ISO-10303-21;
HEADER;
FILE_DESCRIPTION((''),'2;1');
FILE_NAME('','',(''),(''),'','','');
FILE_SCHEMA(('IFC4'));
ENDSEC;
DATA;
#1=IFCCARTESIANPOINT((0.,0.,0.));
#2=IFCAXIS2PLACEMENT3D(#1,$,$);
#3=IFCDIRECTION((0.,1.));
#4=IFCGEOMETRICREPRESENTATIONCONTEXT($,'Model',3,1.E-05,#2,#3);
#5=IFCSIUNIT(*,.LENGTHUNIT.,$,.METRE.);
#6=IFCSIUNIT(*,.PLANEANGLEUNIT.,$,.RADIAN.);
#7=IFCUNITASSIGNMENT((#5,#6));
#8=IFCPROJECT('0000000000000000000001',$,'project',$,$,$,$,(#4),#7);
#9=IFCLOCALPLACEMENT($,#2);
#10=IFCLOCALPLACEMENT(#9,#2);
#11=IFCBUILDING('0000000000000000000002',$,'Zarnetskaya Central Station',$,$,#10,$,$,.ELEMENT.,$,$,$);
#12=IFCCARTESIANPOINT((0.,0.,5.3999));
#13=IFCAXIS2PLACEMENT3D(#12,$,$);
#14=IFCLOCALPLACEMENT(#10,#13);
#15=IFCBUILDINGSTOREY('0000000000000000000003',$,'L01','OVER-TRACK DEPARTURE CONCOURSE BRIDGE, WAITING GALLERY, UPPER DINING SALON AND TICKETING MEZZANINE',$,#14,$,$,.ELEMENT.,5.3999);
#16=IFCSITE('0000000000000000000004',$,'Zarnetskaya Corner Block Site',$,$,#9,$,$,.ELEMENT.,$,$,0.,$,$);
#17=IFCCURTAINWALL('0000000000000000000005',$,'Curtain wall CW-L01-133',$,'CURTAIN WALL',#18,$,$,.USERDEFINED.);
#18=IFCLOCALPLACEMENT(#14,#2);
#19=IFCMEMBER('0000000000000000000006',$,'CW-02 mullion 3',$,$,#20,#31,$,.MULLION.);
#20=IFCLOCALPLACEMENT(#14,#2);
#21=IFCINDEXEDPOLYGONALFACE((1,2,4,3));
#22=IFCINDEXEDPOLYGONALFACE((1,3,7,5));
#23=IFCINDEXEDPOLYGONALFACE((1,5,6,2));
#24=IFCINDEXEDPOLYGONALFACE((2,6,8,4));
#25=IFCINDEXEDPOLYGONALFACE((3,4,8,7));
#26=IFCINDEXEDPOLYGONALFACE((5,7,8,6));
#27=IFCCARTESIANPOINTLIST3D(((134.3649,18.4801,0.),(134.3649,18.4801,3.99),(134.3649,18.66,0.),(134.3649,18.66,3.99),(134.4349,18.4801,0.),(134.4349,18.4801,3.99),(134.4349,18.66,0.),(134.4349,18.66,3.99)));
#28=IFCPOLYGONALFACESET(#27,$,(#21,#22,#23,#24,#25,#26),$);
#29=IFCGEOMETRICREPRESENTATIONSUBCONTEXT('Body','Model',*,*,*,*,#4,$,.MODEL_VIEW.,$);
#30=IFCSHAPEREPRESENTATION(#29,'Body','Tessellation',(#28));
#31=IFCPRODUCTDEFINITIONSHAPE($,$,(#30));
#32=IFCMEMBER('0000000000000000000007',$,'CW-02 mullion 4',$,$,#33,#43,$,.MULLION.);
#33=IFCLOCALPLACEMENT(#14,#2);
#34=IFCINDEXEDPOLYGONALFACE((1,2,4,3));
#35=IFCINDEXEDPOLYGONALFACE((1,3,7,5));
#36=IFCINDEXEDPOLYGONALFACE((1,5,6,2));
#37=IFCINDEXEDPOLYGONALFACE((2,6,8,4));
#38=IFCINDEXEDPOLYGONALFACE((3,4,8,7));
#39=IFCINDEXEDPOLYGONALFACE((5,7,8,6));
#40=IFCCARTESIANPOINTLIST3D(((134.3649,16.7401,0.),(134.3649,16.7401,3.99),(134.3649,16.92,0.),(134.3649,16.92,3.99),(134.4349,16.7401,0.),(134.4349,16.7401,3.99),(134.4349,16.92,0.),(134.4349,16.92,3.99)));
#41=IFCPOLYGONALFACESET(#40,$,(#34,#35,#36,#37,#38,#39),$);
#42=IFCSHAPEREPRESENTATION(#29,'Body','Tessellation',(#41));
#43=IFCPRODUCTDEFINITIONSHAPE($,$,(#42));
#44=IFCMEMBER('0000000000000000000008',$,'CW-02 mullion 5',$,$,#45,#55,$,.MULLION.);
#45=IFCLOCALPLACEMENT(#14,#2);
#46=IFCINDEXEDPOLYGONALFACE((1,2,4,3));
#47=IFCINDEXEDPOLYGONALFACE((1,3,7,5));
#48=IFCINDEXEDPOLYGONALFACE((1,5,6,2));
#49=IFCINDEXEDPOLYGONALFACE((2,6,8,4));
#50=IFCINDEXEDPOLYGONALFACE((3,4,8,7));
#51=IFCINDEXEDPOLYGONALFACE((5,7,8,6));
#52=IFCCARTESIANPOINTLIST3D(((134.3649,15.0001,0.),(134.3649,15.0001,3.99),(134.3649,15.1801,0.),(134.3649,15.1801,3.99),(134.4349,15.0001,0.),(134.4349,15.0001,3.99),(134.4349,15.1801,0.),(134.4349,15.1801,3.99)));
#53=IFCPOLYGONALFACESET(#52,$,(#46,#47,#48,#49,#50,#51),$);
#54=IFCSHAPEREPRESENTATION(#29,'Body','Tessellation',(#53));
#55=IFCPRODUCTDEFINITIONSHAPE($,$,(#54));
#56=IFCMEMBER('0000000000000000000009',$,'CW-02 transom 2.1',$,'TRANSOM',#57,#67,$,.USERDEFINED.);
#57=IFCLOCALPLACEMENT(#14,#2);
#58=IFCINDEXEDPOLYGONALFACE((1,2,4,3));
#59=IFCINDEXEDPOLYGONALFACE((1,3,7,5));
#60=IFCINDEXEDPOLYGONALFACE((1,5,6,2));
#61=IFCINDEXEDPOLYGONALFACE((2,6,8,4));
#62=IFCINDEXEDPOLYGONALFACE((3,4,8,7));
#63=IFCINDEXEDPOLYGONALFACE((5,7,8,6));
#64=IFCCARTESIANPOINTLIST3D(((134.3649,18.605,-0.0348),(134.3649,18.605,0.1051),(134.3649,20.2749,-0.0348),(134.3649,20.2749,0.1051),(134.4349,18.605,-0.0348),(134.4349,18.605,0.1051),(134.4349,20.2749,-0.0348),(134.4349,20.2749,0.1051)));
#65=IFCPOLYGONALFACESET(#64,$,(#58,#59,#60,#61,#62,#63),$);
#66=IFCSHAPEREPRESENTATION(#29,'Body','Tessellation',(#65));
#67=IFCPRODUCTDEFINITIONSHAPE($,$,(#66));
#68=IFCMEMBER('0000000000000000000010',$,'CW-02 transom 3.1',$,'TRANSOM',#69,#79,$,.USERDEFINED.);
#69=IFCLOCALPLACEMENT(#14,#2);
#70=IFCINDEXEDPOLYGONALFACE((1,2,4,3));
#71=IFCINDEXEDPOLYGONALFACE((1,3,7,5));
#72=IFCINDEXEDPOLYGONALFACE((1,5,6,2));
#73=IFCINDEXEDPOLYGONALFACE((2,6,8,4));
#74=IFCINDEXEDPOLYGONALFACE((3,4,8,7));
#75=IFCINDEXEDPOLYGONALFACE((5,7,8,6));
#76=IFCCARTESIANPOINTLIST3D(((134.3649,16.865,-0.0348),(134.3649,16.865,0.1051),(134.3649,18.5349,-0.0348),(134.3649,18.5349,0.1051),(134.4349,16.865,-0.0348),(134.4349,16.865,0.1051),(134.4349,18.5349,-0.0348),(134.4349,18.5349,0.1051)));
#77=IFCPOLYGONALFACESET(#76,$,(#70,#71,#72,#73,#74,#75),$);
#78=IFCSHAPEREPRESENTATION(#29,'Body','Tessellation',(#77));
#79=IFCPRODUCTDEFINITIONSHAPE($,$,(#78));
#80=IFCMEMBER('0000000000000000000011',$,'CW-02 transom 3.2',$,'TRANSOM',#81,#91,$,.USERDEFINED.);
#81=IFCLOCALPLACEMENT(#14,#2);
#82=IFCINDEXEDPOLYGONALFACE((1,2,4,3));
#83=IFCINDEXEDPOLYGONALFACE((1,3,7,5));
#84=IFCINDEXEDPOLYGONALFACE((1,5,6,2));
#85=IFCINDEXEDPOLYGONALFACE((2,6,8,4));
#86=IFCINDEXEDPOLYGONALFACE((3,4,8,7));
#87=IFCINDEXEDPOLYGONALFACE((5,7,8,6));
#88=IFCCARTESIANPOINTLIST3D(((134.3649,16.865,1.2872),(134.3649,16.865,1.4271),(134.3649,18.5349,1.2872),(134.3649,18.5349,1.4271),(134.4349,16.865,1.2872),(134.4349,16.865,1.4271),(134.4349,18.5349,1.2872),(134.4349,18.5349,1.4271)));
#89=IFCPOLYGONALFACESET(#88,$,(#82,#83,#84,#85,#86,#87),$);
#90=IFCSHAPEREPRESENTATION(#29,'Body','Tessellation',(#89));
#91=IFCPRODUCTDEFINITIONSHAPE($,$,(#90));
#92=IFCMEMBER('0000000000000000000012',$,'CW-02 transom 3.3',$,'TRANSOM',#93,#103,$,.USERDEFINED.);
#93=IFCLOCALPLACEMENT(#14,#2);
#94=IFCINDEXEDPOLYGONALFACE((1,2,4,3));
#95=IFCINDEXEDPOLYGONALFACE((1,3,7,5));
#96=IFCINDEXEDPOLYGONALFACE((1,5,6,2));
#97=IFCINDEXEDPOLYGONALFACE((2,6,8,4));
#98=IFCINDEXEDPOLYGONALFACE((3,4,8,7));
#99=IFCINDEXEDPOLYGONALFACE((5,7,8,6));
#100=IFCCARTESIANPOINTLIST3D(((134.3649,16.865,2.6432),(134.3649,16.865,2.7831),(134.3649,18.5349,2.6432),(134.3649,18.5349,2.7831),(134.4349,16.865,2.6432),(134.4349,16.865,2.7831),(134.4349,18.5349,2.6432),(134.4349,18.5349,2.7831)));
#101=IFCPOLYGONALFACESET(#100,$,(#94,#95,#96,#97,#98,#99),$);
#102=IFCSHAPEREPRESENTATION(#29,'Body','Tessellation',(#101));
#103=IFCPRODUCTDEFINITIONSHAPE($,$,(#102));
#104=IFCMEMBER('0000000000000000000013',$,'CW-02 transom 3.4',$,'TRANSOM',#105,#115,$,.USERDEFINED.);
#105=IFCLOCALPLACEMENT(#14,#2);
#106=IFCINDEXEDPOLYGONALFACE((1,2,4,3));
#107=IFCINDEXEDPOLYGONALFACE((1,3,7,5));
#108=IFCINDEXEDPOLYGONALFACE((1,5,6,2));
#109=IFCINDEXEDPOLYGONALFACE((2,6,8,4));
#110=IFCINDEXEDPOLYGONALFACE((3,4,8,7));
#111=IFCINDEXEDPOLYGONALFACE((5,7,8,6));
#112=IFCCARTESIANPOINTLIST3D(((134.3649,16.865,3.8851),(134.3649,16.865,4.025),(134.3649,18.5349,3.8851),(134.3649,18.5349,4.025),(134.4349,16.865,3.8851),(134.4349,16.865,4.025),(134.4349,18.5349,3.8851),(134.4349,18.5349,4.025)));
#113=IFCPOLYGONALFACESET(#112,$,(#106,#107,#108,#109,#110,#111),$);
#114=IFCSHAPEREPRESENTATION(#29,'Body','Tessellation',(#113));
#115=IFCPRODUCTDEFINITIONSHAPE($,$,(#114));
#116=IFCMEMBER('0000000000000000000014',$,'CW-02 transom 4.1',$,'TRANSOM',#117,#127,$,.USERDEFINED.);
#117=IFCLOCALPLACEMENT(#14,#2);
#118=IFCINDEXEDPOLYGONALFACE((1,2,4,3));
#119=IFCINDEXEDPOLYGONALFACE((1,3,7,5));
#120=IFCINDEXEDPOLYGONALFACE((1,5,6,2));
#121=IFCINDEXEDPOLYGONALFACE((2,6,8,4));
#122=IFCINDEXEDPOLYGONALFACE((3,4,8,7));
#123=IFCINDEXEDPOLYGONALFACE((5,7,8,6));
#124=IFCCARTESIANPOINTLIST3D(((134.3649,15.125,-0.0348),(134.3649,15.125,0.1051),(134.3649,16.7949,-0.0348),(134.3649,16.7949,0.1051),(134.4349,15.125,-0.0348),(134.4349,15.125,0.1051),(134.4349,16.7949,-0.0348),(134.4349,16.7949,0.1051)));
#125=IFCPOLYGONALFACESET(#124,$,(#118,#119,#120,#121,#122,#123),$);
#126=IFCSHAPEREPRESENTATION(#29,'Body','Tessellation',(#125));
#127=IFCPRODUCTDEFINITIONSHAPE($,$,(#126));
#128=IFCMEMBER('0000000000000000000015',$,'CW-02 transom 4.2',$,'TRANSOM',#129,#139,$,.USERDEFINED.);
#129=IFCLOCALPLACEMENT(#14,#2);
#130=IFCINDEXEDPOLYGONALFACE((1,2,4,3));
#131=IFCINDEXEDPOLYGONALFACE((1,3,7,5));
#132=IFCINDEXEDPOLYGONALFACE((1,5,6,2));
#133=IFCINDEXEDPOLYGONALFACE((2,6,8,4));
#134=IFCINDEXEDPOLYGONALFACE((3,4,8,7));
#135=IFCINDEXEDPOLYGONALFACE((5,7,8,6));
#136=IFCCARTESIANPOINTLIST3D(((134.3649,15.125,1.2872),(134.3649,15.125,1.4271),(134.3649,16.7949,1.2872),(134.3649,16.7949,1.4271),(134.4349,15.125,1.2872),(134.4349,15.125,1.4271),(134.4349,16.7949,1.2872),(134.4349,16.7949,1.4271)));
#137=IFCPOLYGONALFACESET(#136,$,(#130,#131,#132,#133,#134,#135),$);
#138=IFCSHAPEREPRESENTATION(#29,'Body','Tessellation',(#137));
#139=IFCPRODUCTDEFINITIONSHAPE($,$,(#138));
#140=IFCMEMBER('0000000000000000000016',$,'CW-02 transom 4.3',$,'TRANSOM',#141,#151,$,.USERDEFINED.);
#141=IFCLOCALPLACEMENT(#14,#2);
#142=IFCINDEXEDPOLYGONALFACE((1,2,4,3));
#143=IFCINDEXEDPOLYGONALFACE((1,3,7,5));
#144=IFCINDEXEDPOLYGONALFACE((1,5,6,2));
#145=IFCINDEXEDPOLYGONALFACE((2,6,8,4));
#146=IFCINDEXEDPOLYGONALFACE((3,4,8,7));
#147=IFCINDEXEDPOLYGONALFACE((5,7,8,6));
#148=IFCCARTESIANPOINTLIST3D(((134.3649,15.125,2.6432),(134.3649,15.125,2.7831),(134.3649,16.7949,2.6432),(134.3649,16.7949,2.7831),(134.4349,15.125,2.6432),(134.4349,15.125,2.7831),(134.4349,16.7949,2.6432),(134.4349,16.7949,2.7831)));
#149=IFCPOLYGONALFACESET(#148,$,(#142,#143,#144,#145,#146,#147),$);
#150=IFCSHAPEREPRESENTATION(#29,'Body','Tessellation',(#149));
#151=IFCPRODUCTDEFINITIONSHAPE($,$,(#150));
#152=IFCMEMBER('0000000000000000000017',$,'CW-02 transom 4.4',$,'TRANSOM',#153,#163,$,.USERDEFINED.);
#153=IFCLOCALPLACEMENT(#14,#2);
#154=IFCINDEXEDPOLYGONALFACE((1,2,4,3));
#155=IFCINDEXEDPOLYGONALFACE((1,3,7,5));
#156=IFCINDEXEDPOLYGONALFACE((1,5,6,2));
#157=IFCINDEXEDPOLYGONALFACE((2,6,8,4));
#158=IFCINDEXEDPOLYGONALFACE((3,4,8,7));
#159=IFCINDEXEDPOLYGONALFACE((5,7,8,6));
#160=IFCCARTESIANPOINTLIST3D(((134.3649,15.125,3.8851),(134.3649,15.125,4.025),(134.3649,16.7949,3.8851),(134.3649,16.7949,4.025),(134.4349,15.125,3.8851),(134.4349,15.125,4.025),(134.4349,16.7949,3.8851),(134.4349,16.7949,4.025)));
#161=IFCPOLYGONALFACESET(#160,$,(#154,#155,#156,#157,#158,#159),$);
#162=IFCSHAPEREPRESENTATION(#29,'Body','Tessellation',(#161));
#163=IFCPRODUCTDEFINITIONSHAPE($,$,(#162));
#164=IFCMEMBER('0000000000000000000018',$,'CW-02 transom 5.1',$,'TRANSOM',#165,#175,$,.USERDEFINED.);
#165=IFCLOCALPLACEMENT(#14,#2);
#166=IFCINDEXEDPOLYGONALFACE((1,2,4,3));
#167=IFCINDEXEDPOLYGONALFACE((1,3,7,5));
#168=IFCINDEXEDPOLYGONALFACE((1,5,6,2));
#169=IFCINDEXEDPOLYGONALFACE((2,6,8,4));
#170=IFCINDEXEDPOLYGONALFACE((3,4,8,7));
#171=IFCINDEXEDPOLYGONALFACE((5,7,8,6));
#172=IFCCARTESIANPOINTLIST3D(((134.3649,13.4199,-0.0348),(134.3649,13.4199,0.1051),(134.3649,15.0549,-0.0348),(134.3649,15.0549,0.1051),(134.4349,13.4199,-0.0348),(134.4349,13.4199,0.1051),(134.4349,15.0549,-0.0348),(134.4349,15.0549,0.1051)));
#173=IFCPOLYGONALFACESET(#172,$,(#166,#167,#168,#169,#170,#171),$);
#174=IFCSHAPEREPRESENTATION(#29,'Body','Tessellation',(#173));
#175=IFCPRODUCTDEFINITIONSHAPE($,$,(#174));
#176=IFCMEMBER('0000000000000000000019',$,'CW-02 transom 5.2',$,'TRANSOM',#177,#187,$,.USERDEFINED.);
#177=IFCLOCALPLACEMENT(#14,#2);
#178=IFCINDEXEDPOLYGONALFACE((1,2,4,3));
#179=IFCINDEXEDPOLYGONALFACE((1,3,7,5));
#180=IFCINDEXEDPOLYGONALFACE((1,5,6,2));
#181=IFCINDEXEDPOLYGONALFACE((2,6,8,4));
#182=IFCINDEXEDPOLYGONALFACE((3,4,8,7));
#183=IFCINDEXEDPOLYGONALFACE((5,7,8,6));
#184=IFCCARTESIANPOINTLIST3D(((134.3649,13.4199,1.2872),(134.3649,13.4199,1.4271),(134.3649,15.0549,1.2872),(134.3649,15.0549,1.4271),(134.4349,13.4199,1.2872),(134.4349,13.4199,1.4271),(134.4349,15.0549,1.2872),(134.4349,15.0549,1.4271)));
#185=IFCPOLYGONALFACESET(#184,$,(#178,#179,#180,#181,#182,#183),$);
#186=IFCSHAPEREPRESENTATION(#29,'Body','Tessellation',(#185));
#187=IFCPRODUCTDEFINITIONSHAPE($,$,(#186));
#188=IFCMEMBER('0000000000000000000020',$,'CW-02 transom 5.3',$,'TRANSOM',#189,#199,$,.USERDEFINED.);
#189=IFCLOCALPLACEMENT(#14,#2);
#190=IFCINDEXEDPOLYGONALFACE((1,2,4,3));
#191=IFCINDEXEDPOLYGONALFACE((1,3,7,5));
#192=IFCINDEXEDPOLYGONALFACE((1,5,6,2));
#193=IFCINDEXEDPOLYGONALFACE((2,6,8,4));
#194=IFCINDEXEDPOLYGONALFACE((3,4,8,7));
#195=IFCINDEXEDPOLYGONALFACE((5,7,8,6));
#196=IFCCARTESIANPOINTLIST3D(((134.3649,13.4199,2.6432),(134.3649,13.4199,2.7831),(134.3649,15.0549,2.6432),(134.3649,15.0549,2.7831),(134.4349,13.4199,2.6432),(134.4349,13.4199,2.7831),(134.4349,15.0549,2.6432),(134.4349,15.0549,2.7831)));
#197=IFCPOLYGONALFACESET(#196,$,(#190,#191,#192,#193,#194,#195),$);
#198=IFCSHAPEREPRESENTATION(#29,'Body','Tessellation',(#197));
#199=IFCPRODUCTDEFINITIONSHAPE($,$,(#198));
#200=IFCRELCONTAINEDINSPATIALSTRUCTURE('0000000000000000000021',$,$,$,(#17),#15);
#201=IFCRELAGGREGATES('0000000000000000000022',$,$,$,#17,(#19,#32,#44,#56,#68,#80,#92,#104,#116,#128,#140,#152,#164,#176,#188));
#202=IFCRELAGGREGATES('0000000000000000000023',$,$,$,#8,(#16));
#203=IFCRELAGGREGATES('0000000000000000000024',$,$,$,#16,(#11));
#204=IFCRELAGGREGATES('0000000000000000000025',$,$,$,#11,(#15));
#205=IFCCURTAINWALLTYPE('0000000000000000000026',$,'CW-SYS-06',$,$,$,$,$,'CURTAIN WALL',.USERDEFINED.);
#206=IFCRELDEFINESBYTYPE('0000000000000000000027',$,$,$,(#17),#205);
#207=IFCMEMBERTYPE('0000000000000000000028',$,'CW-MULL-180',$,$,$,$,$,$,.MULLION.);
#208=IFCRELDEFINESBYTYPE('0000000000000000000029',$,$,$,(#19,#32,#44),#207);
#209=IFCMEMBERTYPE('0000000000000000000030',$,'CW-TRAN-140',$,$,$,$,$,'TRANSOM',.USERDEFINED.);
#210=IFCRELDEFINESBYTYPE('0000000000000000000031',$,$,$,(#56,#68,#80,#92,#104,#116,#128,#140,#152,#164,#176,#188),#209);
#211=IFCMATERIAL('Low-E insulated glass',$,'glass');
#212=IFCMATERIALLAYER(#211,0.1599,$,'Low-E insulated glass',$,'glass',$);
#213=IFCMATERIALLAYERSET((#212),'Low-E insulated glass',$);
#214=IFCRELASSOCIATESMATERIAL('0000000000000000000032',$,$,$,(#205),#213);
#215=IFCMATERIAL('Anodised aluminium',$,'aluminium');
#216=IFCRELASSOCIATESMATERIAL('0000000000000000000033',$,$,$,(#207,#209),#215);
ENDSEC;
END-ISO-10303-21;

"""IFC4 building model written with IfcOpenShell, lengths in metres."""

from ifc_helpers import new_model, si_unit, direction, frame, origin, origin_2d, place, context, subcontext, project, spatial, rectangle, extrude, material, layer, layer_set, material_profile, profile_set, type_object, element, aggregate, save


model = new_model("IFC4")

# Units and contexts
model_context = context("Model", 3, precision=1e-05, world=origin(), true_north=direction((0.0, 1.0)))
body_context = subcontext(model_context, "Body", "Model", "MODEL_VIEW")
ifc_project = project(units=[si_unit("LENGTHUNIT", "METRE"), si_unit("PLANEANGLEUNIT", "RADIAN")], contexts=[model_context])

# Site, building, storey
site_placement = place(None, origin())
site = spatial("IfcSite", under=ifc_project, at=site_placement, Name="Zarnetskaya Corner Block Site", CompositionType="ELEMENT", RefElevation=0.0)
building_placement = place(site_placement, origin())
building = spatial("IfcBuilding", under=site, at=building_placement, Name="Zarnetskaya Central Station", CompositionType="ELEMENT")
storey_placement = place(building_placement, frame((0.0, 0.0, 5.3999)))
storey = spatial("IfcBuildingStorey", under=building, at=storey_placement, Name="L01", Description="OVER-TRACK DEPARTURE CONCOURSE BRIDGE, WAITING GALLERY, UPPER DINING SALON AND TICKETING MEZZANINE", CompositionType="ELEMENT", Elevation=5.3999)

# Curtain wall, members
ifc_material_1 = material(Name="Low-E insulated glass", Category="glass")
ifc_layer_1 = layer(ifc_material_1, 0.1599, Name="Low-E insulated glass", Category="glass")
ifc_layer_set_1 = layer_set([ifc_layer_1], Name="Low-E insulated glass")
curtain_wall_type = type_object("IfcCurtainWallType", Name="CW-SYS-06", ElementType="CURTAIN WALL", PredefinedType="USERDEFINED", material=ifc_layer_set_1)
curtain_wall_placement = place(storey_placement, origin())
curtain_wall = element("IfcCurtainWall", 1, at=curtain_wall_placement, inside=storey, type_object=curtain_wall_type, Name="Curtain wall CW-L01-133", ObjectType="CURTAIN WALL", PredefinedType="USERDEFINED")
ifc_material_2 = material(Name="Anodised aluminium", Category="aluminium")
ifc_material_profile_1 = material_profile(ifc_material_2, rectangle(XDim=0.0701, YDim=0.1799, at=origin_2d()), Name="ALU MULL 70x180")
ifc_profile_set_1 = profile_set([ifc_material_profile_1], Name="Anodised aluminium")
member_type_1 = type_object("IfcMemberType", Name="CW-MULL-180", PredefinedType="MULLION", material=ifc_profile_set_1)
member_1_placement = place(storey_placement, frame((134.3999, 18.5701, 0.0), z_axis=(0.0, 0.0, 1.0), x_axis=(1.0, 0.0, 0.0)))
member_1 = element("IfcMember", 2, at=member_1_placement, type_object=member_type_1, Name="CW-02 mullion 3", PredefinedType="MULLION", context=body_context, shape_type="SweptSolid", body=[
    extrude(rectangle(XDim=0.0701, YDim=0.1799, at=origin_2d()), origin(), (0.0, 0.0, 1.0), 3.99),
])
member_2_placement = place(storey_placement, frame((134.3999, 16.8301, 0.0), z_axis=(0.0, 0.0, 1.0), x_axis=(1.0, 0.0, 0.0)))
member_2 = element("IfcMember", 3, at=member_2_placement, type_object=member_type_1, Name="CW-02 mullion 4", PredefinedType="MULLION", context=body_context, shape_type="SweptSolid", body=[
    extrude(rectangle(XDim=0.0701, YDim=0.1799, at=origin_2d()), origin(), (0.0, 0.0, 1.0), 3.99),
])
member_3_placement = place(storey_placement, frame((134.3999, 15.0901, 0.0), z_axis=(0.0, 0.0, 1.0), x_axis=(1.0, 0.0, 0.0)))
member_3 = element("IfcMember", 4, at=member_3_placement, type_object=member_type_1, Name="CW-02 mullion 5", PredefinedType="MULLION", context=body_context, shape_type="SweptSolid", body=[
    extrude(rectangle(XDim=0.0701, YDim=0.1799, at=origin_2d()), origin(), (0.0, 0.0, 1.0), 3.99),
])
ifc_material_profile_2 = material_profile(ifc_material_2, rectangle(XDim=0.0701, YDim=0.1399, at=origin_2d()), Name="ALU TRAN 70x140")
ifc_profile_set_2 = profile_set([ifc_material_profile_2], Name="Anodised aluminium")
member_type_2 = type_object("IfcMemberType", Name="CW-TRAN-140", ElementType="TRANSOM", PredefinedType="USERDEFINED", material=ifc_profile_set_2)
member_4_placement = place(storey_placement, frame((134.3999, 20.2749, 0.0352), z_axis=(0.0, -1.0, 0.0), x_axis=(1.0, 0.0, 0.0)))
member_4 = element("IfcMember", 5, at=member_4_placement, type_object=member_type_2, Name="CW-02 transom 2.1", ObjectType="TRANSOM", PredefinedType="USERDEFINED", context=body_context, shape_type="SweptSolid", body=[
    extrude(rectangle(XDim=0.0701, YDim=0.1399, at=origin_2d()), origin(), (0.0, 0.0, 1.0), 1.6699),
])
member_5_placement = place(storey_placement, frame((134.3999, 18.5349, 0.0352), z_axis=(0.0, -1.0, 0.0), x_axis=(1.0, 0.0, 0.0)))
member_5 = element("IfcMember", 6, at=member_5_placement, type_object=member_type_2, Name="CW-02 transom 3.1", ObjectType="TRANSOM", PredefinedType="USERDEFINED", context=body_context, shape_type="SweptSolid", body=[
    extrude(rectangle(XDim=0.0701, YDim=0.1399, at=origin_2d()), origin(), (0.0, 0.0, 1.0), 1.6699),
])
member_6_placement = place(storey_placement, frame((134.3999, 18.5349, 1.3572), z_axis=(0.0, -1.0, 0.0), x_axis=(1.0, 0.0, 0.0)))
member_6 = element("IfcMember", 7, at=member_6_placement, type_object=member_type_2, Name="CW-02 transom 3.2", ObjectType="TRANSOM", PredefinedType="USERDEFINED", context=body_context, shape_type="SweptSolid", body=[
    extrude(rectangle(XDim=0.0701, YDim=0.1399, at=origin_2d()), origin(), (0.0, 0.0, 1.0), 1.6699),
])
member_7_placement = place(storey_placement, frame((134.3999, 18.5349, 2.7131), z_axis=(0.0, -1.0, 0.0), x_axis=(1.0, 0.0, 0.0)))
member_7 = element("IfcMember", 8, at=member_7_placement, type_object=member_type_2, Name="CW-02 transom 3.3", ObjectType="TRANSOM", PredefinedType="USERDEFINED", context=body_context, shape_type="SweptSolid", body=[
    extrude(rectangle(XDim=0.0701, YDim=0.1399, at=origin_2d()), origin(), (0.0, 0.0, 1.0), 1.6699),
])
member_8_placement = place(storey_placement, frame((134.3999, 18.5349, 3.9551), z_axis=(0.0, -1.0, 0.0), x_axis=(1.0, 0.0, 0.0)))
member_8 = element("IfcMember", 9, at=member_8_placement, type_object=member_type_2, Name="CW-02 transom 3.4", ObjectType="TRANSOM", PredefinedType="USERDEFINED", context=body_context, shape_type="SweptSolid", body=[
    extrude(rectangle(XDim=0.0701, YDim=0.1399, at=origin_2d()), origin(), (0.0, 0.0, 1.0), 1.6699),
])
member_9_placement = place(storey_placement, frame((134.3999, 16.7949, 0.0352), z_axis=(0.0, -1.0, 0.0), x_axis=(1.0, 0.0, 0.0)))
member_9 = element("IfcMember", 10, at=member_9_placement, type_object=member_type_2, Name="CW-02 transom 4.1", ObjectType="TRANSOM", PredefinedType="USERDEFINED", context=body_context, shape_type="SweptSolid", body=[
    extrude(rectangle(XDim=0.0701, YDim=0.1399, at=origin_2d()), origin(), (0.0, 0.0, 1.0), 1.6699),
])
member_10_placement = place(storey_placement, frame((134.3999, 16.7949, 1.3572), z_axis=(0.0, -1.0, 0.0), x_axis=(1.0, 0.0, 0.0)))
member_10 = element("IfcMember", 11, at=member_10_placement, type_object=member_type_2, Name="CW-02 transom 4.2", ObjectType="TRANSOM", PredefinedType="USERDEFINED", context=body_context, shape_type="SweptSolid", body=[
    extrude(rectangle(XDim=0.0701, YDim=0.1399, at=origin_2d()), origin(), (0.0, 0.0, 1.0), 1.6699),
])
member_11_placement = place(storey_placement, frame((134.3999, 16.7949, 2.7131), z_axis=(0.0, -1.0, 0.0), x_axis=(1.0, 0.0, 0.0)))
member_11 = element("IfcMember", 12, at=member_11_placement, type_object=member_type_2, Name="CW-02 transom 4.3", ObjectType="TRANSOM", PredefinedType="USERDEFINED", context=body_context, shape_type="SweptSolid", body=[
    extrude(rectangle(XDim=0.0701, YDim=0.1399, at=origin_2d()), origin(), (0.0, 0.0, 1.0), 1.6699),
])
member_12_placement = place(storey_placement, frame((134.3999, 16.7949, 3.9551), z_axis=(0.0, -1.0, 0.0), x_axis=(1.0, 0.0, 0.0)))
member_12 = element("IfcMember", 13, at=member_12_placement, type_object=member_type_2, Name="CW-02 transom 4.4", ObjectType="TRANSOM", PredefinedType="USERDEFINED", context=body_context, shape_type="SweptSolid", body=[
    extrude(rectangle(XDim=0.0701, YDim=0.1399, at=origin_2d()), origin(), (0.0, 0.0, 1.0), 1.6699),
])
member_13_placement = place(storey_placement, frame((134.3999, 15.0549, 0.0352), z_axis=(0.0, -1.0, 0.0), x_axis=(1.0, 0.0, 0.0)))
member_13 = element("IfcMember", 14, at=member_13_placement, type_object=member_type_2, Name="CW-02 transom 5.1", ObjectType="TRANSOM", PredefinedType="USERDEFINED", context=body_context, shape_type="SweptSolid", body=[
    extrude(rectangle(XDim=0.0701, YDim=0.1399, at=origin_2d()), origin(), (0.0, 0.0, 1.0), 1.635),
])
member_14_placement = place(storey_placement, frame((134.3999, 15.0549, 1.3572), z_axis=(0.0, -1.0, 0.0), x_axis=(1.0, 0.0, 0.0)))
member_14 = element("IfcMember", 15, at=member_14_placement, type_object=member_type_2, Name="CW-02 transom 5.2", ObjectType="TRANSOM", PredefinedType="USERDEFINED", context=body_context, shape_type="SweptSolid", body=[
    extrude(rectangle(XDim=0.0701, YDim=0.1399, at=origin_2d()), origin(), (0.0, 0.0, 1.0), 1.635),
])
member_15_placement = place(storey_placement, frame((134.3999, 15.0549, 2.7131), z_axis=(0.0, -1.0, 0.0), x_axis=(1.0, 0.0, 0.0)))
member_15 = element("IfcMember", 16, at=member_15_placement, type_object=member_type_2, Name="CW-02 transom 5.3", ObjectType="TRANSOM", PredefinedType="USERDEFINED", context=body_context, shape_type="SweptSolid", body=[
    extrude(rectangle(XDim=0.0701, YDim=0.1399, at=origin_2d()), origin(), (0.0, 0.0, 1.0), 1.635),
])
aggregate(curtain_wall, [member_1, member_2, member_3, member_4, member_5, member_6, member_7, member_8, member_9, member_10, member_11, member_12, member_13, member_14, member_15])

save(model, "model.ifc")
